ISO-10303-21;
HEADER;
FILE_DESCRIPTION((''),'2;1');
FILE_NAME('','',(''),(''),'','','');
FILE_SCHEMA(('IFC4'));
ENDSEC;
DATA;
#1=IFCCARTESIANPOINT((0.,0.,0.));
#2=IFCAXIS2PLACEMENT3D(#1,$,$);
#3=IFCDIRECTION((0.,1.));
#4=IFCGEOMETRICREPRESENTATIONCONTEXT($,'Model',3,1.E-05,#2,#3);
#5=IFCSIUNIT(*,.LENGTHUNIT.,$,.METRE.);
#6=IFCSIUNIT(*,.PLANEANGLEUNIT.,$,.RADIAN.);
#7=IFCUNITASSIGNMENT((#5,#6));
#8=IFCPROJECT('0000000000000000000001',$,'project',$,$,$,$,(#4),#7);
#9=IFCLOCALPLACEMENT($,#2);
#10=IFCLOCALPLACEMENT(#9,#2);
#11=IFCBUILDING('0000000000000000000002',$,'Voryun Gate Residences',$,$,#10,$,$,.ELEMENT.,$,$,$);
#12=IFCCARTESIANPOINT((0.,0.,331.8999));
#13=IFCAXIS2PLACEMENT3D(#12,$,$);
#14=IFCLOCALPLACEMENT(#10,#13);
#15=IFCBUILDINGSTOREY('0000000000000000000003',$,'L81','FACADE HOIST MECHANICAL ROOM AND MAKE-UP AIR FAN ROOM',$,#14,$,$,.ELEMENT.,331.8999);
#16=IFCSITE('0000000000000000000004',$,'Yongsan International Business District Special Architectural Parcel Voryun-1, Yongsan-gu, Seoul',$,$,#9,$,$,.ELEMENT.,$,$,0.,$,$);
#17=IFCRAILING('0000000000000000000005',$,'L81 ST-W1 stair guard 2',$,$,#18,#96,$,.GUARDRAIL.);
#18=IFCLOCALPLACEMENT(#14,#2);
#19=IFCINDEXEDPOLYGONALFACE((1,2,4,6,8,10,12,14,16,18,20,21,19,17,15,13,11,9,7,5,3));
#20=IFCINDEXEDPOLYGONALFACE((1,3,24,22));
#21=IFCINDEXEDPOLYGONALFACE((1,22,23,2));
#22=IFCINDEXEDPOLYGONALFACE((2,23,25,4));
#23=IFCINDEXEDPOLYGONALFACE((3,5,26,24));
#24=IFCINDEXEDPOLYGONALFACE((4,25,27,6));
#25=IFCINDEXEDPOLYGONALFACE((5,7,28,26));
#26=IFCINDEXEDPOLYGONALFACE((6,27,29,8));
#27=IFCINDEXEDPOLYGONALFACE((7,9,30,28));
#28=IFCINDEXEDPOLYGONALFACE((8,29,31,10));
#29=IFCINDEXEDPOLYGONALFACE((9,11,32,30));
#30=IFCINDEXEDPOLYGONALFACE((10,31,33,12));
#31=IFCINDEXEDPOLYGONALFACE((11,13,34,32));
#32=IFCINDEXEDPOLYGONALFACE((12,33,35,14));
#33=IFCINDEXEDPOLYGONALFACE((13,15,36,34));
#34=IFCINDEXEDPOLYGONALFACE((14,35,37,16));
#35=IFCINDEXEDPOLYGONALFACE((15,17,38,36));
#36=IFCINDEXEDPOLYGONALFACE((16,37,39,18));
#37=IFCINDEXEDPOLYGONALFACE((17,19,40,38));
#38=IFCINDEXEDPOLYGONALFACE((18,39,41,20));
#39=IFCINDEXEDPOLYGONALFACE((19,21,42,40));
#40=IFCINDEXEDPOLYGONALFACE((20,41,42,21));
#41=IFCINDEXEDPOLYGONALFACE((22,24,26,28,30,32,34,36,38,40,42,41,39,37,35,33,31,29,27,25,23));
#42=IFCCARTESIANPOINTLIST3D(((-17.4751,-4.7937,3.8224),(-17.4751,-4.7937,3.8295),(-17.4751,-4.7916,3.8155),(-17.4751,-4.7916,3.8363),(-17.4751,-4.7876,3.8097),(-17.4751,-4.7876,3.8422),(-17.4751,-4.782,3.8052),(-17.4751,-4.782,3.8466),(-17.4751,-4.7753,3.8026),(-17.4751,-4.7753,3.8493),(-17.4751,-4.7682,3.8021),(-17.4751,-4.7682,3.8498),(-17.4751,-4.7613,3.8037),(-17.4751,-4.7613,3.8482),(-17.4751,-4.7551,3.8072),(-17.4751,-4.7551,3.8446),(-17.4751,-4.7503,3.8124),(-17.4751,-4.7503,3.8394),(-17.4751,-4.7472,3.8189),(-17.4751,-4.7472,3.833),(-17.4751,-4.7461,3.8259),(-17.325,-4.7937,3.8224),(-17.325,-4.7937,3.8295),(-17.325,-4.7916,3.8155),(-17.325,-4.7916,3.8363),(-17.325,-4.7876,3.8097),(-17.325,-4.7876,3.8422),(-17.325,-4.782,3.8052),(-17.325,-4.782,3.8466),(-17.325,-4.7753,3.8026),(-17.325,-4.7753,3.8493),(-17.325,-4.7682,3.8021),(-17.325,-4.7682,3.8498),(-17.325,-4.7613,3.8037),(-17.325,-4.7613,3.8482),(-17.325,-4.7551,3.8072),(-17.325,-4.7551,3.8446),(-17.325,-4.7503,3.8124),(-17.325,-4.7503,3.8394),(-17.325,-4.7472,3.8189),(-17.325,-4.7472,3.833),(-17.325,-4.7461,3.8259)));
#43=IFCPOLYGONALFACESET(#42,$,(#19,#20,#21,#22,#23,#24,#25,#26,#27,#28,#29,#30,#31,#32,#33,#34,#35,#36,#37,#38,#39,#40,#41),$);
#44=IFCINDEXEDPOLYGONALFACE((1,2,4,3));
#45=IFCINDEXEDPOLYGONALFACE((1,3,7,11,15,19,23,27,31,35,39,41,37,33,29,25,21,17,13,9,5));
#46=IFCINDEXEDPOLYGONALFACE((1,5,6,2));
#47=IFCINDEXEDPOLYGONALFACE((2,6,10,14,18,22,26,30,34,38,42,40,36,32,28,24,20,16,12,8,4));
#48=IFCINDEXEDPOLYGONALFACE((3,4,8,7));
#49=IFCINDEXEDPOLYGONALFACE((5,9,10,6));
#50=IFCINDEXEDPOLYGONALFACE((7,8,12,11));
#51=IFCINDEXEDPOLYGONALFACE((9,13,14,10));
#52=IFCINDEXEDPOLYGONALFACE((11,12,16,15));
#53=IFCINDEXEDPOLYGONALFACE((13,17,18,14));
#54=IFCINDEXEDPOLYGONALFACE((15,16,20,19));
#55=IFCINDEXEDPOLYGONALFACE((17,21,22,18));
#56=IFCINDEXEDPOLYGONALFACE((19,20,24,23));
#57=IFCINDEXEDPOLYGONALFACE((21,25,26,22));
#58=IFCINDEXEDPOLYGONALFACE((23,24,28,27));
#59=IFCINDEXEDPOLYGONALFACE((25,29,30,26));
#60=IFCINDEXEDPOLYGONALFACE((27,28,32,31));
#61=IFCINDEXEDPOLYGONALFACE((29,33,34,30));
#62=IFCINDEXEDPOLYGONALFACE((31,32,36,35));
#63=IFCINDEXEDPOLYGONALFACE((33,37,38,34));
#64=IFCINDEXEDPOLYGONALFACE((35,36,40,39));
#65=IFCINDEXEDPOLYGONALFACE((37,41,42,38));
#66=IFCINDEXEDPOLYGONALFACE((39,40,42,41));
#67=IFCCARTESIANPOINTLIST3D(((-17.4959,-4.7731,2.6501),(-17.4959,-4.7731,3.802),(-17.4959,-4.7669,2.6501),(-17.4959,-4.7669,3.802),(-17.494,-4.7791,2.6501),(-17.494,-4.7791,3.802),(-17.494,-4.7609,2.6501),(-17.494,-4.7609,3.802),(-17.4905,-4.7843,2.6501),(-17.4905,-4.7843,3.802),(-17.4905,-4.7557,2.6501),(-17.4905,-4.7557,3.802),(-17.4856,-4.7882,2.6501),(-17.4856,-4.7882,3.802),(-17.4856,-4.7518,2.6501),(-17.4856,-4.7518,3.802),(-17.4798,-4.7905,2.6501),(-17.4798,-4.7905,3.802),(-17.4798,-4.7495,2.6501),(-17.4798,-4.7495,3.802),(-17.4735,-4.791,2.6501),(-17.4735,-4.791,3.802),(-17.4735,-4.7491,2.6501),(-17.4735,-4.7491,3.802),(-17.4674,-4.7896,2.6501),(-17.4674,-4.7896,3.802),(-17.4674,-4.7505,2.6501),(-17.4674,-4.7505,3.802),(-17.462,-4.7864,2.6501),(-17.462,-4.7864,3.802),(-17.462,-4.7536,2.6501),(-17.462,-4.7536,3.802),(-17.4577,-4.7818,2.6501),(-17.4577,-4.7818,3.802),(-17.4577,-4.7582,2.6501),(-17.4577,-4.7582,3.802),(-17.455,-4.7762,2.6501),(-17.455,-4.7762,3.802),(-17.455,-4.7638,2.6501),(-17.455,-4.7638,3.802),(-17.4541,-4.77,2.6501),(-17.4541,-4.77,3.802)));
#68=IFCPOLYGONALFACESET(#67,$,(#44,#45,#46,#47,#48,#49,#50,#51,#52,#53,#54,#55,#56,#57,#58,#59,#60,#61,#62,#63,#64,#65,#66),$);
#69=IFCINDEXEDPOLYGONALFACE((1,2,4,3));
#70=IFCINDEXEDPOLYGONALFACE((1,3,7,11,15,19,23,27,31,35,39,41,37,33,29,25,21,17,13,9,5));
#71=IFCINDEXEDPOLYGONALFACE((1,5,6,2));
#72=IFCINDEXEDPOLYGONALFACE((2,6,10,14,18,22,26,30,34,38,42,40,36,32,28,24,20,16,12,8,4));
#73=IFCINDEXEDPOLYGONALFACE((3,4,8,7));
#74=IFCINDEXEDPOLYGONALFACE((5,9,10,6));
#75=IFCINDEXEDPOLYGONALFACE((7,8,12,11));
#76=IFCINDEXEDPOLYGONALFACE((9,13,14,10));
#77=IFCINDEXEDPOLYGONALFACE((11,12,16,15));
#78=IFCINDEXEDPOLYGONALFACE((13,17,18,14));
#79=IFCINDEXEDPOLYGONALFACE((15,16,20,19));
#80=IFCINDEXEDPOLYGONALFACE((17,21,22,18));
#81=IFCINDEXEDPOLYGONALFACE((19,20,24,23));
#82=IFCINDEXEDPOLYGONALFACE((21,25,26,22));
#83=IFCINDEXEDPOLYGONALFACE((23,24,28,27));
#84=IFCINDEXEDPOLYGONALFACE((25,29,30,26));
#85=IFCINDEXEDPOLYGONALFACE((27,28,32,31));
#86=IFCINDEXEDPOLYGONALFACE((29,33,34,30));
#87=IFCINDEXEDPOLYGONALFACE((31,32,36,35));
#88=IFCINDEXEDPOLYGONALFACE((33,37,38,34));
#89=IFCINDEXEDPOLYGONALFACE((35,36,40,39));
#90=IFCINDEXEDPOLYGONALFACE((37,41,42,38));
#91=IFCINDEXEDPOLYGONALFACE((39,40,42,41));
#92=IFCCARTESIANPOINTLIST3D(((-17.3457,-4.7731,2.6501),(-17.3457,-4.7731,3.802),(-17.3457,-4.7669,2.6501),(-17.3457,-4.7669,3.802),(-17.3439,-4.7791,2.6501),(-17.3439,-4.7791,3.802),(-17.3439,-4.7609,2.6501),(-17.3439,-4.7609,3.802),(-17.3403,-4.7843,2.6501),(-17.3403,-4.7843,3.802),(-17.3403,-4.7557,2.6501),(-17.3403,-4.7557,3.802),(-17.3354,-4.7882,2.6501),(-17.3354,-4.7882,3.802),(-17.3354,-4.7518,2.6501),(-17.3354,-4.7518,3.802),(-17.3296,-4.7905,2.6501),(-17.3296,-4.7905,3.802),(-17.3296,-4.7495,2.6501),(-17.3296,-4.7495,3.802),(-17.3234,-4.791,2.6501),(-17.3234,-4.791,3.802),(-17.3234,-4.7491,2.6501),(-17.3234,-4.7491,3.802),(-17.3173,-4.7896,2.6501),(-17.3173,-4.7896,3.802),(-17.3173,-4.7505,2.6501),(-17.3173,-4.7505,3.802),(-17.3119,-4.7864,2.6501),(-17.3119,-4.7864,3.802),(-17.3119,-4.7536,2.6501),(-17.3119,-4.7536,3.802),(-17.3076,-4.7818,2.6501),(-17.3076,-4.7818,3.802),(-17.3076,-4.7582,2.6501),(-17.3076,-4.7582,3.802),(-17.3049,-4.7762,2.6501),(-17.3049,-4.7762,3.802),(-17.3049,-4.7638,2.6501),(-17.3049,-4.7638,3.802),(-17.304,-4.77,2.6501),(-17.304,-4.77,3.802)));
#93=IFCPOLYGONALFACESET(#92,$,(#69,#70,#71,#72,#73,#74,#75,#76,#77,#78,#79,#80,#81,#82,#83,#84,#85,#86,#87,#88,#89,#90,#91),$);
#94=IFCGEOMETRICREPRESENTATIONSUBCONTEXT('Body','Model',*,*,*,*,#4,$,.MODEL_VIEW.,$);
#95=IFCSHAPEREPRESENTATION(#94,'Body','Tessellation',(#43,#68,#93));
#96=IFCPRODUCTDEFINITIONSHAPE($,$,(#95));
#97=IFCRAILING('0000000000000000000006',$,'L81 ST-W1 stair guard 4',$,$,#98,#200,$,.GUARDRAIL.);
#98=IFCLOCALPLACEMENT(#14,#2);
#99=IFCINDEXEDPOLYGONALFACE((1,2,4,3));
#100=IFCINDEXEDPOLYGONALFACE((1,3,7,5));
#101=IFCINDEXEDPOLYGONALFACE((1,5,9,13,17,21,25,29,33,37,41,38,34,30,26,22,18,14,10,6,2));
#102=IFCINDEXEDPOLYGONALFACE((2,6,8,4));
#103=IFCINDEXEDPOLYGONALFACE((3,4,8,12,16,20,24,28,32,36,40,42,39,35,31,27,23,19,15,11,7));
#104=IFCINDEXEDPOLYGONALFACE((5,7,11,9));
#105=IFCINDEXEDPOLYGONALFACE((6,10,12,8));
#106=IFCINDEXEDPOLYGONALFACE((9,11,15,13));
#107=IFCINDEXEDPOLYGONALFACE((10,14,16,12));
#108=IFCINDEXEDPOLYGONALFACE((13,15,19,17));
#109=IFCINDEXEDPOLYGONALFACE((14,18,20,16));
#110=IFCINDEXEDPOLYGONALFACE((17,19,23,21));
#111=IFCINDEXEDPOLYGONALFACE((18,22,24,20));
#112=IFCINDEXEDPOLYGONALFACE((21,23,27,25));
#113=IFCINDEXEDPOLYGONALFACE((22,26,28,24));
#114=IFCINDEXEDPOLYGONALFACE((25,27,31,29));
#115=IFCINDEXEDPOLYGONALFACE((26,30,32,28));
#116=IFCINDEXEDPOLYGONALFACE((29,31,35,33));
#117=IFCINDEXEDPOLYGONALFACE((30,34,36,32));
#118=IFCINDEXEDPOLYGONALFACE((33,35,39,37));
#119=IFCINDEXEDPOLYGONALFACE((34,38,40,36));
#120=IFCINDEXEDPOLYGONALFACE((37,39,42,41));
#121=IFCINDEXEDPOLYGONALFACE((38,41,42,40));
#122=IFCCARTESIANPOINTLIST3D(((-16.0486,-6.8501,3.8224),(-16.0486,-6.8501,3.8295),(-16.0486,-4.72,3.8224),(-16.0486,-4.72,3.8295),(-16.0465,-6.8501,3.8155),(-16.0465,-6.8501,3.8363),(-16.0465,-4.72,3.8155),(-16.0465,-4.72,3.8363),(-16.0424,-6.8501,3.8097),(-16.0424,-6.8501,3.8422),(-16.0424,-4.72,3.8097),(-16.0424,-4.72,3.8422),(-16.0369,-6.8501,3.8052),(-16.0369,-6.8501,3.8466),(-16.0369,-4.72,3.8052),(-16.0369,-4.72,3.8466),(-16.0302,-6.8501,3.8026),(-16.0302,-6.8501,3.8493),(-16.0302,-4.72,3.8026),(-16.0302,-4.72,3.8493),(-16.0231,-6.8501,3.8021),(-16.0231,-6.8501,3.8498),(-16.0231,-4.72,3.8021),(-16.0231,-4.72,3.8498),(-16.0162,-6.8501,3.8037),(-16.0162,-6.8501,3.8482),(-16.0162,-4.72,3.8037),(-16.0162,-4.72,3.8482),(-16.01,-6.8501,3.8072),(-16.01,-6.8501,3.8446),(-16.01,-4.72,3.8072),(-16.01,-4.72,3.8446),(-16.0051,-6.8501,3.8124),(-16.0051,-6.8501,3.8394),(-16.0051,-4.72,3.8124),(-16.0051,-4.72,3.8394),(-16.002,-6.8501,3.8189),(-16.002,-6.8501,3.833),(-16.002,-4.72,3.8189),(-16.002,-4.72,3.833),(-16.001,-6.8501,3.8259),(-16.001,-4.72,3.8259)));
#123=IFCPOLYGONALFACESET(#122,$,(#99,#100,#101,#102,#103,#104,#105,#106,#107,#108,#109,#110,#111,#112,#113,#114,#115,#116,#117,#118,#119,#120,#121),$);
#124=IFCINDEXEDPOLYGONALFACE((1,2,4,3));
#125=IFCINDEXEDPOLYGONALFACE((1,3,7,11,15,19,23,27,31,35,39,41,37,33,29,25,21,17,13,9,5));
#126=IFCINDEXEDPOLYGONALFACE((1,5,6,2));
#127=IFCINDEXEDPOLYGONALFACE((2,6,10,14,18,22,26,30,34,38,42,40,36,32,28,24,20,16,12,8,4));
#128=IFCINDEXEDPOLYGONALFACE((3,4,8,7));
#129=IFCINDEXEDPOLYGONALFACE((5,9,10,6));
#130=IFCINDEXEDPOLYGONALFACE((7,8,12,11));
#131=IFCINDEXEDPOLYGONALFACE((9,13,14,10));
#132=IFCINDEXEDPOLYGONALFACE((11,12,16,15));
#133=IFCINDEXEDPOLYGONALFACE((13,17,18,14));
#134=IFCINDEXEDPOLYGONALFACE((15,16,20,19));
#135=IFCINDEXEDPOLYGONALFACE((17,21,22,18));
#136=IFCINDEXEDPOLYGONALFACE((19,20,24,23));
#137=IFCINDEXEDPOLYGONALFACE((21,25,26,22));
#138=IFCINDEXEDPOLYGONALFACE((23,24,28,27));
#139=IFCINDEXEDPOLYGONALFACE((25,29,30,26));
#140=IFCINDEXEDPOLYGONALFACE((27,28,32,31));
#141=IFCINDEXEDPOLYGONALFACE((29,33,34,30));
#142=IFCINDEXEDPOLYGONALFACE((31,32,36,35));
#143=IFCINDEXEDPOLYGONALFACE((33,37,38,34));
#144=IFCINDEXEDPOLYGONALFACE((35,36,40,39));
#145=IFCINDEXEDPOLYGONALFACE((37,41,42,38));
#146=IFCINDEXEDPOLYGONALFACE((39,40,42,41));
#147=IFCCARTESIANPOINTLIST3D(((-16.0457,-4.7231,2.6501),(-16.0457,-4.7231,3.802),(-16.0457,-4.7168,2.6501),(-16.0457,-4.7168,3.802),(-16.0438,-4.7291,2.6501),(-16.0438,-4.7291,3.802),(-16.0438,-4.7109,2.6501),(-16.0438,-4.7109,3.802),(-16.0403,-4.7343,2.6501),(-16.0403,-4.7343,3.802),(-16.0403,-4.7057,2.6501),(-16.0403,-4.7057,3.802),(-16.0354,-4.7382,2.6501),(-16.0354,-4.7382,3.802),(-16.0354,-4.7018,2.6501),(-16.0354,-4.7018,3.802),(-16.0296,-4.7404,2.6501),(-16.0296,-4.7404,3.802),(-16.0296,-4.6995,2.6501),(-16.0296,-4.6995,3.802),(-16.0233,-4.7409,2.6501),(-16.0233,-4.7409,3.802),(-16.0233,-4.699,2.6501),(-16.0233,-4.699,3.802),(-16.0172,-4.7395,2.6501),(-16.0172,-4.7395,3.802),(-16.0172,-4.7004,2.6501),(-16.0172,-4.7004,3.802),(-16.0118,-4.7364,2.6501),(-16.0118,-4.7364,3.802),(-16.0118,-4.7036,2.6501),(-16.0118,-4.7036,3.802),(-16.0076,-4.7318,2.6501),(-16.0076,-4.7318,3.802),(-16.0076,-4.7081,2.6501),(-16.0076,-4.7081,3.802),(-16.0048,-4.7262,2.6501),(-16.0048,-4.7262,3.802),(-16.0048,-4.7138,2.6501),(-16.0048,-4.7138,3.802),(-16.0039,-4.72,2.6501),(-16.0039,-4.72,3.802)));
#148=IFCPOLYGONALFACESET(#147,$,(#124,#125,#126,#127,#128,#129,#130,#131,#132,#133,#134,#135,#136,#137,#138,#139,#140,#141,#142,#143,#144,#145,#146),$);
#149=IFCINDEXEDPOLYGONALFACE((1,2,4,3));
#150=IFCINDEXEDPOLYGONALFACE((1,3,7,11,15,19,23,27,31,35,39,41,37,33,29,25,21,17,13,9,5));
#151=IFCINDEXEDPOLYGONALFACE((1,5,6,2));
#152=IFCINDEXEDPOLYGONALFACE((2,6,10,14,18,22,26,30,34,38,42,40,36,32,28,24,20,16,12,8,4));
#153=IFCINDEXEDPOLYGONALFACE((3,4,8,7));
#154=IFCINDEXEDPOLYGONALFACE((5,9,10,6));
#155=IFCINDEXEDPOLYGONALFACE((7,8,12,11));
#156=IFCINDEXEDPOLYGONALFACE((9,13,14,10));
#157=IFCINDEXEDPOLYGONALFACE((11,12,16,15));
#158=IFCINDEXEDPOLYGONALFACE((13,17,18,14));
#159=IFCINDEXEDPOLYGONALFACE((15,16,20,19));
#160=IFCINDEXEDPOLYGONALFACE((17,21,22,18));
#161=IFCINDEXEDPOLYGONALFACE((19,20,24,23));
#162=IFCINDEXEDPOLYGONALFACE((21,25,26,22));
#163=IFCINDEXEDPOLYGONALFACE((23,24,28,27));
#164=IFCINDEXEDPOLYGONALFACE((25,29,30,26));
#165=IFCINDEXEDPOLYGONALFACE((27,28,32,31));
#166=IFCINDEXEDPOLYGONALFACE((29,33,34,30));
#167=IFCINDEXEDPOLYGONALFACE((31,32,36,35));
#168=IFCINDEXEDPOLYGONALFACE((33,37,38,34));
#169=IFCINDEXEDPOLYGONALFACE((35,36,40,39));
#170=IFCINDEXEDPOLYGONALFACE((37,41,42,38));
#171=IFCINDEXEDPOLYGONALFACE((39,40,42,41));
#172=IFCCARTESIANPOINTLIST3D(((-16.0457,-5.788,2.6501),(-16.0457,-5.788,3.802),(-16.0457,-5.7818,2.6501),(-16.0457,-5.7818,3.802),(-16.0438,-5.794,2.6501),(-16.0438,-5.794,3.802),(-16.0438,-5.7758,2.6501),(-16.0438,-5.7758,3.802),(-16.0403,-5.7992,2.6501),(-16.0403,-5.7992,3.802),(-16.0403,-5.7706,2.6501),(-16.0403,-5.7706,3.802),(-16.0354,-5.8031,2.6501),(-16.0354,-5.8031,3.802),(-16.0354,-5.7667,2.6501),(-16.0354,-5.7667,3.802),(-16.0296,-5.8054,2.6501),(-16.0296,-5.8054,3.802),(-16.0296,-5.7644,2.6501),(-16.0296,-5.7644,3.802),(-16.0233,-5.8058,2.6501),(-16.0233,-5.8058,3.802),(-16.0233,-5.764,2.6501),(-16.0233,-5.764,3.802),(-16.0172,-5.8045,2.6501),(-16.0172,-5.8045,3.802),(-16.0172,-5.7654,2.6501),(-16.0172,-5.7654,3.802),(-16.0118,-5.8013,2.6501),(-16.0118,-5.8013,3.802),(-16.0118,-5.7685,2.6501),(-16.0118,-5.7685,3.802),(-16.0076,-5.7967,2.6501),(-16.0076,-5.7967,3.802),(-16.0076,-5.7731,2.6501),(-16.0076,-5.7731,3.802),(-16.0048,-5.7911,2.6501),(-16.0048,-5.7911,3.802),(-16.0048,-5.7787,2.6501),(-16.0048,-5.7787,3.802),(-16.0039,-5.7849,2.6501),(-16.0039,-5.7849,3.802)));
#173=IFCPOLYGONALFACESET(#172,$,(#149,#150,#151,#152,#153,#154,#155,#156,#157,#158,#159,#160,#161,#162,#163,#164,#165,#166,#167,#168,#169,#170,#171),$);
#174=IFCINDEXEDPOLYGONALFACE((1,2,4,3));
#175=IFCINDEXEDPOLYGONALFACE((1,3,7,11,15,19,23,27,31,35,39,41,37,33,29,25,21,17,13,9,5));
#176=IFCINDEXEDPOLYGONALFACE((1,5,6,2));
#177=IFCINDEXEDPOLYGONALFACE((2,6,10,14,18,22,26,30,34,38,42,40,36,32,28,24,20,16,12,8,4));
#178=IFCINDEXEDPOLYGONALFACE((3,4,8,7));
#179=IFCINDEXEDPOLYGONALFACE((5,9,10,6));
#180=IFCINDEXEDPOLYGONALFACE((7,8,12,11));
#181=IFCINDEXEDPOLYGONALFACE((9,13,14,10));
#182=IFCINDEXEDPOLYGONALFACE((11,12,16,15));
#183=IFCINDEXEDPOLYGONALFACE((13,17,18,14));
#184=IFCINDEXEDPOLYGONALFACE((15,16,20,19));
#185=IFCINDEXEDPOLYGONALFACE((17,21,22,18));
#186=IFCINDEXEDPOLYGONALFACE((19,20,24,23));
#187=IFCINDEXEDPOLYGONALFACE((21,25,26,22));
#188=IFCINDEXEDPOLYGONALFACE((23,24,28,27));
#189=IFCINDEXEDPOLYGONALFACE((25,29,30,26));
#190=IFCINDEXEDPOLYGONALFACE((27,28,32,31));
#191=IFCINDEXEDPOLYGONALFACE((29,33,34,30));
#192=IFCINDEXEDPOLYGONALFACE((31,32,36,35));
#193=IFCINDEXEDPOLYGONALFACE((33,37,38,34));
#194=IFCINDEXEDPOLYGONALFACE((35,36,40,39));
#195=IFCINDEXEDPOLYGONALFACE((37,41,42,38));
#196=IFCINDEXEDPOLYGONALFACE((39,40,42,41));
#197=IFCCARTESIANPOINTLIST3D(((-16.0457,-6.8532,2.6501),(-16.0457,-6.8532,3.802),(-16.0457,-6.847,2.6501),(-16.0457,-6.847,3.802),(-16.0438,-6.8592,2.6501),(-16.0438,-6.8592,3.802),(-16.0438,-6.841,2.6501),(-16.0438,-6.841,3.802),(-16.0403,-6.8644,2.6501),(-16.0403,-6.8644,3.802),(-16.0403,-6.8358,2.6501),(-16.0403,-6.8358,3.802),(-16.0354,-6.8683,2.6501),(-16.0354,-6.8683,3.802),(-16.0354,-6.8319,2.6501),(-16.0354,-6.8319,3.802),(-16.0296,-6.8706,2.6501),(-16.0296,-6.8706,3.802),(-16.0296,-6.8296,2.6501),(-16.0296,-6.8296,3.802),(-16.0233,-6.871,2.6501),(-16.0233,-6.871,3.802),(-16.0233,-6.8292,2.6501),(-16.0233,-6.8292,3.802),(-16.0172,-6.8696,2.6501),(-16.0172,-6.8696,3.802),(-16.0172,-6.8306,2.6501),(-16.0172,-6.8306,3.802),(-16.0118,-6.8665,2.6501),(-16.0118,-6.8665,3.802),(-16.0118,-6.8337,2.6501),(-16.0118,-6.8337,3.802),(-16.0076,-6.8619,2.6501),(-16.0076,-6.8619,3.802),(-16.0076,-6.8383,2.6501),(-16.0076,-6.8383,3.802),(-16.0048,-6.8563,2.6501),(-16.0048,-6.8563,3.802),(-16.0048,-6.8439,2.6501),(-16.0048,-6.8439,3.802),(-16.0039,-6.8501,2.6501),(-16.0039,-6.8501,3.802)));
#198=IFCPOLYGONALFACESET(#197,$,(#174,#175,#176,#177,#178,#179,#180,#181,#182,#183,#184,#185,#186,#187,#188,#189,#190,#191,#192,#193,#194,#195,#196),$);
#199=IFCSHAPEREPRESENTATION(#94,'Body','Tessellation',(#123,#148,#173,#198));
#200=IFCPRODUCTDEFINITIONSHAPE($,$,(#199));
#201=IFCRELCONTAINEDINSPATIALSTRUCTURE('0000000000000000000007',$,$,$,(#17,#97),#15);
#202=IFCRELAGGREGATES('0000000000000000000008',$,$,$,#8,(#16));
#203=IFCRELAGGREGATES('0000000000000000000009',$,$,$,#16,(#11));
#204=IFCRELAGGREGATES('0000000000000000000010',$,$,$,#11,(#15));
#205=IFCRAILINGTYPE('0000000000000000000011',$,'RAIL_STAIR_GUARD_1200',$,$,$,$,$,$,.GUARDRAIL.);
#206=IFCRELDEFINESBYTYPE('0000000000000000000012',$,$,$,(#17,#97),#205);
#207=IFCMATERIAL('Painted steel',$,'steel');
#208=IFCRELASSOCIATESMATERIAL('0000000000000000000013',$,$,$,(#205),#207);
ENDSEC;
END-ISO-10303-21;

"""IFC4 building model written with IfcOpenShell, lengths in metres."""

from ifc_helpers import new_model, si_unit, direction, frame, origin, origin_2d, place, context, subcontext, project, spatial, circle, extrude, material, type_object, element, save


model = new_model("IFC4")

# Units and contexts
model_context = context("Model", 3, precision=1e-05, world=origin(), true_north=direction((0.0, 1.0)))
body_context = subcontext(model_context, "Body", "Model", "MODEL_VIEW")
ifc_project = project(units=[si_unit("LENGTHUNIT", "METRE"), si_unit("PLANEANGLEUNIT", "RADIAN")], contexts=[model_context])

# Site, building, storey
site_placement = place(None, origin())
site = spatial("IfcSite", under=ifc_project, at=site_placement, Name="Yongsan International Business District Special Architectural Parcel Voryun-1, Yongsan-gu, Seoul", CompositionType="ELEMENT", RefElevation=0.0)
building_placement = place(site_placement, origin())
building = spatial("IfcBuilding", under=site, at=building_placement, Name="Voryun Gate Residences", CompositionType="ELEMENT")
storey_placement = place(building_placement, frame((0.0, 0.0, 331.8999)))
storey = spatial("IfcBuildingStorey", under=building, at=storey_placement, Name="L81", Description="FACADE HOIST MECHANICAL ROOM AND MAKE-UP AIR FAN ROOM", CompositionType="ELEMENT", Elevation=331.8999)

# Railings
ifc_material_1 = material(Name="Painted steel", Category="steel")
railing_type_1 = type_object("IfcRailingType", Name="RAIL_STAIR_GUARD_1200", PredefinedType="GUARDRAIL", material=ifc_material_1)
railing_1_placement = place(storey_placement, frame((-17.4751, -4.77, 2.6501)))
element("IfcRailing", 1, at=railing_1_placement, inside=storey, type_object=railing_type_1, Name="L81 ST-W1 stair guard 2", PredefinedType="GUARDRAIL", context=body_context, shape_type="SweptSolid", body=[
    extrude(circle(Radius=0.0239, at=origin_2d()), frame((0.0, 0.0, 1.1758), z_axis=(1.0, 0.0, 0.0), x_axis=(0.0, 1.0, 0.0)), (0.0, 0.0, 1.0), 0.1501),
    extrude(circle(Radius=0.021, at=origin_2d()), origin(), (0.0, 0.0, 1.0), 1.1519),
    extrude(circle(Radius=0.021, at=origin_2d()), frame((0.1501, 0.0, 0.0)), (0.0, 0.0, 1.0), 1.1519),
])
railing_2_placement = place(storey_placement, frame((-16.0249, -4.72, 2.6501)))
element("IfcRailing", 2, at=railing_2_placement, inside=storey, type_object=railing_type_1, Name="L81 ST-W1 stair guard 4", PredefinedType="GUARDRAIL", context=body_context, shape_type="SweptSolid", body=[
    extrude(circle(Radius=0.0239, at=origin_2d()), frame((0.0, 0.0, 1.1758), z_axis=(0.0, -1.0, 0.0), x_axis=(1.0, 0.0, 0.0)), (0.0, 0.0, 1.0), 2.1301),
    extrude(circle(Radius=0.021, at=origin_2d()), origin(), (0.0, 0.0, 1.0), 1.1519),
    extrude(circle(Radius=0.021, at=origin_2d()), frame((0.0, -1.0649, 0.0)), (0.0, 0.0, 1.0), 1.1519),
    extrude(circle(Radius=0.021, at=origin_2d()), frame((0.0, -2.1301, 0.0)), (0.0, 0.0, 1.0), 1.1519),
])

save(model, "model.ifc")
